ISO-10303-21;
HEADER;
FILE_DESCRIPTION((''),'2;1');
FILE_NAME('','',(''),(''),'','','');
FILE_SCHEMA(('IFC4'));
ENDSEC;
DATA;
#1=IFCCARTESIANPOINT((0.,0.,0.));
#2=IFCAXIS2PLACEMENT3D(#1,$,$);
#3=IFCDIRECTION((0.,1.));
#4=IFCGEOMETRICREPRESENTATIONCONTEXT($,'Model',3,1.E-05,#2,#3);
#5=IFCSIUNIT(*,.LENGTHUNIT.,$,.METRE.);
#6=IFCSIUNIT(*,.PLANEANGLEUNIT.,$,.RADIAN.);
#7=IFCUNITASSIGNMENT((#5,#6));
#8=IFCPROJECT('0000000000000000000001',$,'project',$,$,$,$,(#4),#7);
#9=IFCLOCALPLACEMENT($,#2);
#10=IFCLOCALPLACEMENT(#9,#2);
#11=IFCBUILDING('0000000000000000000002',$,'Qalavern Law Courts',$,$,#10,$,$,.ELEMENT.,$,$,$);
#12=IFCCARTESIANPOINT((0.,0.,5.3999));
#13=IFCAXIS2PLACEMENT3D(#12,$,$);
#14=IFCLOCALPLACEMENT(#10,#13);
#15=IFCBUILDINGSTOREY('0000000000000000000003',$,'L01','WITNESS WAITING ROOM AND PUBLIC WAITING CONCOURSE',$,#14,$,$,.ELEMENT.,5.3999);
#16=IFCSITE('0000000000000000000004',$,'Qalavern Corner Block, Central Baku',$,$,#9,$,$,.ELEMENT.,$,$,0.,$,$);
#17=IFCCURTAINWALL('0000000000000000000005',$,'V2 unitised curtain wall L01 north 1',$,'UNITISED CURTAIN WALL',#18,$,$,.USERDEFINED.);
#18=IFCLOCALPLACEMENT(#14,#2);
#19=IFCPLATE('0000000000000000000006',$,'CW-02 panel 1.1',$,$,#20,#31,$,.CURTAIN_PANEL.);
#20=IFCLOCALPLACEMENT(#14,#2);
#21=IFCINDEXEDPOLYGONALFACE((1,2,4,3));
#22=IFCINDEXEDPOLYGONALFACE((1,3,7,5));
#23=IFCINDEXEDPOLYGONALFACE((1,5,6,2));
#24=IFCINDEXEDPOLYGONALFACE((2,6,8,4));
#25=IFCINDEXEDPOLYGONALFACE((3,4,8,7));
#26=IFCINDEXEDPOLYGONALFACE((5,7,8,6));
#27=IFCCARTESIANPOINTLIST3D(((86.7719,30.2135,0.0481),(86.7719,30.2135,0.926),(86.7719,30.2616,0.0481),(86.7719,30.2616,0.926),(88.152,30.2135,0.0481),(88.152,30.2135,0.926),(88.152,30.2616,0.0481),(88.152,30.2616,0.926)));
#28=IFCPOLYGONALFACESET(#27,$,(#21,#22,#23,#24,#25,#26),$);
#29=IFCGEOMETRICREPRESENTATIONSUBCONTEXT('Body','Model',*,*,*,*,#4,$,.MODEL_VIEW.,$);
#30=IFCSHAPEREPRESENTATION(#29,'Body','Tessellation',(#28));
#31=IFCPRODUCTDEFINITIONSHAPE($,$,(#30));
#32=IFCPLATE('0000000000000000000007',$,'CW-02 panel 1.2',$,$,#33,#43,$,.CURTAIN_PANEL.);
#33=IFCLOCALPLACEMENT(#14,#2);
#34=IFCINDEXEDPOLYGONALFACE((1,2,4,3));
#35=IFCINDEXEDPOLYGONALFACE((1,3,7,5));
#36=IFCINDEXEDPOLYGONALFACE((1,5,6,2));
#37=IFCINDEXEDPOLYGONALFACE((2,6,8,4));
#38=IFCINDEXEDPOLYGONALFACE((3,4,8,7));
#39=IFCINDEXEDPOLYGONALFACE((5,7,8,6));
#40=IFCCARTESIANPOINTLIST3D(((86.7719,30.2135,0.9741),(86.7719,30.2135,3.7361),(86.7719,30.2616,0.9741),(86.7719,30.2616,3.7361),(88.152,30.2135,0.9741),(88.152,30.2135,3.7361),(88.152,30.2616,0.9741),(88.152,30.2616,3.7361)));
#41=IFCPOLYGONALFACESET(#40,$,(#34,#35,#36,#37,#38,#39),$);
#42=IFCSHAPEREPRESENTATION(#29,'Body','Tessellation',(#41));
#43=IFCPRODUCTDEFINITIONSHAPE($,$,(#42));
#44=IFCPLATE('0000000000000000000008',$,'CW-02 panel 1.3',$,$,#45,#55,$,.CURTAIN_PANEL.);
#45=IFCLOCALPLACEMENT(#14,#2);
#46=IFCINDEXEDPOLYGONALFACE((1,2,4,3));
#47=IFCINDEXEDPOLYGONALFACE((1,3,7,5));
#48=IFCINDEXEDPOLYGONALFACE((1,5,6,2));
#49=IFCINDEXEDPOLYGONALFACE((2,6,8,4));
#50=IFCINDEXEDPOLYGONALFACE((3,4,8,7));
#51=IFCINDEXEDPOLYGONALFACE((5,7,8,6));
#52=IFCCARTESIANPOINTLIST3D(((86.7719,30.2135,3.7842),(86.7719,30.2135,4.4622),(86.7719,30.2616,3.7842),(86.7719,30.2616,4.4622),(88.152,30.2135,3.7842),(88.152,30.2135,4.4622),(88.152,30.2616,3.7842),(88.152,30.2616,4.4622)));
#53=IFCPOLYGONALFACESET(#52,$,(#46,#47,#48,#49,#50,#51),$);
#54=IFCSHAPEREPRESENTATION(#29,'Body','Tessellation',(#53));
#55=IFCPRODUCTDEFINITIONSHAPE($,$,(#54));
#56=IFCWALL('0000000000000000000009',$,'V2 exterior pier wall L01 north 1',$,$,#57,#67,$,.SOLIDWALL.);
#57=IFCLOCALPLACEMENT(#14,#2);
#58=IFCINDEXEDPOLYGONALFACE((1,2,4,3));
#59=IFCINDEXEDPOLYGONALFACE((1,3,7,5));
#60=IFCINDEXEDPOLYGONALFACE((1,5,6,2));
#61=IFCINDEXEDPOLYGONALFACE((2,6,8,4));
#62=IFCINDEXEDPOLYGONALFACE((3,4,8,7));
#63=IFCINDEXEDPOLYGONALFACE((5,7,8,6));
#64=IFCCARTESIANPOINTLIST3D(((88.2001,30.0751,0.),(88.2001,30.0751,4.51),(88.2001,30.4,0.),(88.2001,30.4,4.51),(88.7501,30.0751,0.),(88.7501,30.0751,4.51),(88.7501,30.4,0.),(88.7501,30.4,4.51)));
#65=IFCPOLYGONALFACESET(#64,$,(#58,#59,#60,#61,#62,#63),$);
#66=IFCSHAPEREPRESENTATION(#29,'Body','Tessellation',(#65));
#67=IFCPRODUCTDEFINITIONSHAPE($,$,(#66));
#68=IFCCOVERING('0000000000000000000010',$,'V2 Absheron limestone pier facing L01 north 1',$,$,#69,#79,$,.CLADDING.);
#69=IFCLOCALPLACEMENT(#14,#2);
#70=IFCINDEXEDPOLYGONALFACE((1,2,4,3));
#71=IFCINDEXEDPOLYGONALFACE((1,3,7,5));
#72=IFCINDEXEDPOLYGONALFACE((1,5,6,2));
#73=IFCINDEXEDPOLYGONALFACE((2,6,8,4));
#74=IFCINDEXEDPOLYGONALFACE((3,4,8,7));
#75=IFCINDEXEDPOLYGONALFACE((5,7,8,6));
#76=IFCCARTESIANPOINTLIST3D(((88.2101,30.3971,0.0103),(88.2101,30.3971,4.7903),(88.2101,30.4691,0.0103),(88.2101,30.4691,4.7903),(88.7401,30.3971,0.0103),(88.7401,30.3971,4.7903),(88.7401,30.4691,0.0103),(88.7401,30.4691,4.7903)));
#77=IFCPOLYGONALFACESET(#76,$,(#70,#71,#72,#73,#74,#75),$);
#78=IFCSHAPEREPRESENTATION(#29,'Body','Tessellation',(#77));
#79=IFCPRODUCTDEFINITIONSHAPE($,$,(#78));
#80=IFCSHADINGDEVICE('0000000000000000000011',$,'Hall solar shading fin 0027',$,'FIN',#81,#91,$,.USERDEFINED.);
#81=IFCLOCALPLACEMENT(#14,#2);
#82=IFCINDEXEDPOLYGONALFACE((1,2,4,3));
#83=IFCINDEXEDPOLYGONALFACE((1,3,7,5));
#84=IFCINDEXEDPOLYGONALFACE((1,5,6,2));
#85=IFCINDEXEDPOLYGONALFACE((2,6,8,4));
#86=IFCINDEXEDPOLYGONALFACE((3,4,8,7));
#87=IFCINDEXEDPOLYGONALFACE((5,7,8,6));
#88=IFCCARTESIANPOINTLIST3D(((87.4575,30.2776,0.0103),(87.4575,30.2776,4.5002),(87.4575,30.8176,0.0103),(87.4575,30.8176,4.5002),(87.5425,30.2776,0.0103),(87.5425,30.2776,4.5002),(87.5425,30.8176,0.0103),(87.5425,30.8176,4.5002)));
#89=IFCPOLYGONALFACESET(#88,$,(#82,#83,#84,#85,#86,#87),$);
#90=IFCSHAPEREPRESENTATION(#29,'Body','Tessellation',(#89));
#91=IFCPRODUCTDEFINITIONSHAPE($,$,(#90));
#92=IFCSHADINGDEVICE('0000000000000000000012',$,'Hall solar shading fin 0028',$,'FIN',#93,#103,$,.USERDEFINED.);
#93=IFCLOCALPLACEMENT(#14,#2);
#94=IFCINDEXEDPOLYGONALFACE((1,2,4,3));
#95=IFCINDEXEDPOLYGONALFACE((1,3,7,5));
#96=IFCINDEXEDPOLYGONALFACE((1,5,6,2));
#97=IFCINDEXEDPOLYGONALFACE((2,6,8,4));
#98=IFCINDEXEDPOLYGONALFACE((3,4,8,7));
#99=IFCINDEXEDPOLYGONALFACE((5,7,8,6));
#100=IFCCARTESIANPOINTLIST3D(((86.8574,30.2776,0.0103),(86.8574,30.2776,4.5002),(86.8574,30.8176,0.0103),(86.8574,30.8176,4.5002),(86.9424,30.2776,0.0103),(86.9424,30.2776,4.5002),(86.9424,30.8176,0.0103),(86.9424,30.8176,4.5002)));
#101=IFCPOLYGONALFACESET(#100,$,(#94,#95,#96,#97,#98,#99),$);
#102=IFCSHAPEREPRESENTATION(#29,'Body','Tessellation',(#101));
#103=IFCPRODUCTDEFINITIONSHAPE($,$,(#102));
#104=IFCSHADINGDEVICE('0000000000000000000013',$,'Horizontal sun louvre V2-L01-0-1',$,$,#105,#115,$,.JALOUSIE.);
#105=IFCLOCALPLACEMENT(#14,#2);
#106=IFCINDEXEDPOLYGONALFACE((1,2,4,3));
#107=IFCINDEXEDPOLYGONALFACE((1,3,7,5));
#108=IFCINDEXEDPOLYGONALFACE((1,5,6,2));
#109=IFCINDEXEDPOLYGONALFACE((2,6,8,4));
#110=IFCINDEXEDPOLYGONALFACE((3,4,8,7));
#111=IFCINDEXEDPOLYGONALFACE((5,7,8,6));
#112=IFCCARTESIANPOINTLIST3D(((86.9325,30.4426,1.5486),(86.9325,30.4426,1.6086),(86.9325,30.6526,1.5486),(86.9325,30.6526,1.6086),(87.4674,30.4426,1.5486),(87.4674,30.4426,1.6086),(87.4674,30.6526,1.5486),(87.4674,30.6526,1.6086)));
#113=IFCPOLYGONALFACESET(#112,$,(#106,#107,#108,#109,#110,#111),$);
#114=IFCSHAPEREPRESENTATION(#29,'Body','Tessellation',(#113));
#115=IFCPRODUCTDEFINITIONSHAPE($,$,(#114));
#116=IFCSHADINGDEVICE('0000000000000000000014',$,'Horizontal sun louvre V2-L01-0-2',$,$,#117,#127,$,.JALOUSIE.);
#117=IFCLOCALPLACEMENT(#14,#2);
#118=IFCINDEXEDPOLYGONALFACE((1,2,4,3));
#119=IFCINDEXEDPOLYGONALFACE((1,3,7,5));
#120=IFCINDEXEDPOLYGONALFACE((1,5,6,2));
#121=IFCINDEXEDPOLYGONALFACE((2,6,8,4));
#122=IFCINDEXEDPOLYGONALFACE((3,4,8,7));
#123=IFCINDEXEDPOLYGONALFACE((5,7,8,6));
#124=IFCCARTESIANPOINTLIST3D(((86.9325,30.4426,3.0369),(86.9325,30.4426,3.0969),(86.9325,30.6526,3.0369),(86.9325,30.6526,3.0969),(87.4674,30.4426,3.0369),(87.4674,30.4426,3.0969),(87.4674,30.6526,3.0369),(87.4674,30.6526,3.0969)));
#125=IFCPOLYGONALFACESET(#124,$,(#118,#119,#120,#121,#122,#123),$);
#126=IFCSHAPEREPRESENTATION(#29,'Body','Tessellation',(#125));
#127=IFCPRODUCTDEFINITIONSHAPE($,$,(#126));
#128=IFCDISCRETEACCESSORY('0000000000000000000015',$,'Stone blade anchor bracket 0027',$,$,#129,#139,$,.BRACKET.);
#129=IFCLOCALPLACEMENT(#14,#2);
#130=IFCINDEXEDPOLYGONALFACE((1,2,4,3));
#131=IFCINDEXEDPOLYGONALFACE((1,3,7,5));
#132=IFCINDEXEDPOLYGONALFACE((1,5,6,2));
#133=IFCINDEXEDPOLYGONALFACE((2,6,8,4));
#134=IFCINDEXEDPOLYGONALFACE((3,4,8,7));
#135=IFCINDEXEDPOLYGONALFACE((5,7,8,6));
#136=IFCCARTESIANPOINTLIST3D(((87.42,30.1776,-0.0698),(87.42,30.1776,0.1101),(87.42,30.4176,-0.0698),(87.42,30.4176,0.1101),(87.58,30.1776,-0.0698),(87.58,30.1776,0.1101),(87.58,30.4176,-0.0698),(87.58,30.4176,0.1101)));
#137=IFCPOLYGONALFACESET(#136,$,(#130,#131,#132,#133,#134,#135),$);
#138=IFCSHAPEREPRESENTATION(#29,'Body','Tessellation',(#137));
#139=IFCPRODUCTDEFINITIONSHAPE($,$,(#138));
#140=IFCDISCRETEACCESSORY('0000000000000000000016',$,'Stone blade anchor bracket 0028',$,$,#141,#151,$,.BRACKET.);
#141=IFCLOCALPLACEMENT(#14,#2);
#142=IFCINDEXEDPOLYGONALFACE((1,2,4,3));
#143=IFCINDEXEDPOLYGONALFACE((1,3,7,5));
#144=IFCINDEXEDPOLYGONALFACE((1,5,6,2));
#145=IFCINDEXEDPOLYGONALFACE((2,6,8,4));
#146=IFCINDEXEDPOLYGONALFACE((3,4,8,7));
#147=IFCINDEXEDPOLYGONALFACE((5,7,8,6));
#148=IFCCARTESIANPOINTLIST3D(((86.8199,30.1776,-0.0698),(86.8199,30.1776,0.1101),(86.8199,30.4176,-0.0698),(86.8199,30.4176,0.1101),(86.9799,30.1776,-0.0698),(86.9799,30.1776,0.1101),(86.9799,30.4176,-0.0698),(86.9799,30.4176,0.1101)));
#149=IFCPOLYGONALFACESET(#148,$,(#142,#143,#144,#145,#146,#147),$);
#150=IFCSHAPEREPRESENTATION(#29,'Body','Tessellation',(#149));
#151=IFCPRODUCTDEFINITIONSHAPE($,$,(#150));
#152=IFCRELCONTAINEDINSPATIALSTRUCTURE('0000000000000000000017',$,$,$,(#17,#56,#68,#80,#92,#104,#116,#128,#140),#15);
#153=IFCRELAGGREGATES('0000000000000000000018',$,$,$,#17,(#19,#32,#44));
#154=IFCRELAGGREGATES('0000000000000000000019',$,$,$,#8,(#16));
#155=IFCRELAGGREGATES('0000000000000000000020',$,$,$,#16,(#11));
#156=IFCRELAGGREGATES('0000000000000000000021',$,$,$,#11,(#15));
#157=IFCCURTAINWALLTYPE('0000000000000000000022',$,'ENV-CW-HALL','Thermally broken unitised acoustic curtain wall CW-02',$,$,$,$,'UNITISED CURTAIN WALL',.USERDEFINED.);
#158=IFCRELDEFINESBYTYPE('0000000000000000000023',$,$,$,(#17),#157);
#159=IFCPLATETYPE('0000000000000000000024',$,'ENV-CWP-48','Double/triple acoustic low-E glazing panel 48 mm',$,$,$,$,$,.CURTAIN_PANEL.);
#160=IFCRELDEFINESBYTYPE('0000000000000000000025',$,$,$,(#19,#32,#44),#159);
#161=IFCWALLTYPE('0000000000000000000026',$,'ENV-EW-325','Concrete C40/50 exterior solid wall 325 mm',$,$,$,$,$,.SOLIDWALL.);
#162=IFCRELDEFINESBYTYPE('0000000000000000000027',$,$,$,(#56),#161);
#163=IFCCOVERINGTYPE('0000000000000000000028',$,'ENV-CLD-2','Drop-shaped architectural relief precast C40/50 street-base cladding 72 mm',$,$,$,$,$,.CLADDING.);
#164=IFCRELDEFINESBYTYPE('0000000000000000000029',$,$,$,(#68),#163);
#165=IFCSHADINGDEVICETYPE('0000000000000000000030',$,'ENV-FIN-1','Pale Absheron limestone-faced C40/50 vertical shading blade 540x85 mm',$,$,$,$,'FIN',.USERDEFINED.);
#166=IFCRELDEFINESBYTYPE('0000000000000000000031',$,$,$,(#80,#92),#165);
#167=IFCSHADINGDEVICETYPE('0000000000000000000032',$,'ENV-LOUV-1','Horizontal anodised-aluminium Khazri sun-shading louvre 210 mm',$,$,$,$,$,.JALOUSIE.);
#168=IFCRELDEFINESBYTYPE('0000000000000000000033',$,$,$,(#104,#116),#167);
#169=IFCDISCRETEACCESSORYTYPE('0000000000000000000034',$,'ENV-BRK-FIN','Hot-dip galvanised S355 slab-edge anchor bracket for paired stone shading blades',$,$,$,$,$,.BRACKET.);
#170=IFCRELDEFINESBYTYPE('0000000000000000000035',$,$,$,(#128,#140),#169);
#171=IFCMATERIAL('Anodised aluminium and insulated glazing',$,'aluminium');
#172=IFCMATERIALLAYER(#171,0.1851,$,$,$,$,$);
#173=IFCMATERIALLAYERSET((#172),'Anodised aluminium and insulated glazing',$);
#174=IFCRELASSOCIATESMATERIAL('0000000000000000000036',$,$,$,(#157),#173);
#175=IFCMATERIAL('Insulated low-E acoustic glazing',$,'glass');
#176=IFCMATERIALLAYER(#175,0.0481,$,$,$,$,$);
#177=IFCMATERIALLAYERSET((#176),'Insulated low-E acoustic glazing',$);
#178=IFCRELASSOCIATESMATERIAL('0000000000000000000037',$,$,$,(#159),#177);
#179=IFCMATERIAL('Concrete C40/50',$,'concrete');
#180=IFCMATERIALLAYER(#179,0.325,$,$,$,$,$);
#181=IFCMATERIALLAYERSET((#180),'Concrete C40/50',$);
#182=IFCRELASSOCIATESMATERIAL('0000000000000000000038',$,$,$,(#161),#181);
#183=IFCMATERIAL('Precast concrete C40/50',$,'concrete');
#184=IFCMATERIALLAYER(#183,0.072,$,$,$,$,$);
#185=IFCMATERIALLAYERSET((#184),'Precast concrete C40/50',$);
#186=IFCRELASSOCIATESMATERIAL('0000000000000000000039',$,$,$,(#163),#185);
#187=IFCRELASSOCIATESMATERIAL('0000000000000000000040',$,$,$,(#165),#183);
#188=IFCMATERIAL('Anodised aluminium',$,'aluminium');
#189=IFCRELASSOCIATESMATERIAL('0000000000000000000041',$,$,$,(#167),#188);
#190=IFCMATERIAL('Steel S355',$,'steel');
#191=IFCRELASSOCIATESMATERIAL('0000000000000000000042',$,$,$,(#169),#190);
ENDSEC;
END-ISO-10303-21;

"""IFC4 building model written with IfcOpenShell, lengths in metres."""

from ifc_helpers import new_model, si_unit, direction, frame, frame_2d, origin, origin_2d, place, context, subcontext, project, spatial, rectangle, extrude, material, layer, layer_set, type_object, element, aggregate, save


model = new_model("IFC4")

# Units and contexts
model_context = context("Model", 3, precision=1e-05, world=origin(), true_north=direction((0.0, 1.0)))
body_context = subcontext(model_context, "Body", "Model", "MODEL_VIEW")
ifc_project = project(units=[si_unit("LENGTHUNIT", "METRE"), si_unit("PLANEANGLEUNIT", "RADIAN")], contexts=[model_context])

# Site, building, storey
site_placement = place(None, origin())
site = spatial("IfcSite", under=ifc_project, at=site_placement, Name="Qalavern Corner Block, Central Baku", CompositionType="ELEMENT", RefElevation=0.0)
building_placement = place(site_placement, origin())
building = spatial("IfcBuilding", under=site, at=building_placement, Name="Qalavern Law Courts", CompositionType="ELEMENT")
storey_placement = place(building_placement, frame((0.0, 0.0, 5.3999)))
storey = spatial("IfcBuildingStorey", under=building, at=storey_placement, Name="L01", Description="WITNESS WAITING ROOM AND PUBLIC WAITING CONCOURSE", CompositionType="ELEMENT", Elevation=5.3999)

# Shared definitions
ifc_material_1 = material(Name="Anodised aluminium and insulated glazing", Category="aluminium")
ifc_material_2 = material(Name="Anodised aluminium", Category="aluminium")

# Curtain wall
ifc_layer_1 = layer(ifc_material_1, 0.1851)
ifc_layer_set_1 = layer_set([ifc_layer_1], Name="Anodised aluminium and insulated glazing")
curtain_wall_type_1 = type_object("IfcCurtainWallType", Name="ENV-CW-HALL", Description="Thermally broken unitised acoustic curtain wall CW-02", ElementType="UNITISED CURTAIN WALL", PredefinedType="USERDEFINED", material=ifc_layer_set_1)
curtain_wall_1_placement = place(storey_placement, origin())
curtain_wall_1 = element("IfcCurtainWall", 1, at=curtain_wall_1_placement, inside=storey, type_object=curtain_wall_type_1, Name="V2 unitised curtain wall L01 north 1", ObjectType="UNITISED CURTAIN WALL", PredefinedType="USERDEFINED")

# Plates
ifc_material_3 = material(Name="Insulated low-E acoustic glazing", Category="glass")
ifc_layer_2 = layer(ifc_material_3, 0.0481)
ifc_layer_set_2 = layer_set([ifc_layer_2], Name="Insulated low-E acoustic glazing")
plate_type_1 = type_object("IfcPlateType", Name="ENV-CWP-48", Description="Double/triple acoustic low-E glazing panel 48 mm", PredefinedType="CURTAIN_PANEL", material=ifc_layer_set_2)
plate_1_placement = place(storey_placement, frame((87.4619, 30.2375, 0.0481), z_axis=(0.0, 0.0, 1.0), x_axis=(-1.0, 0.0, 0.0)))
plate_1 = element("IfcPlate", 2, at=plate_1_placement, type_object=plate_type_1, Name="CW-02 panel 1.1", PredefinedType="CURTAIN_PANEL", context=body_context, shape_type="SweptSolid", body=[
    extrude(rectangle(XDim=1.3801, YDim=0.0481, at=origin_2d()), origin(), (0.0, 0.0, 1.0), 0.8779),
])
plate_2_placement = place(storey_placement, frame((87.4619, 30.2375, 0.9741), z_axis=(0.0, 0.0, 1.0), x_axis=(-1.0, 0.0, 0.0)))
plate_2 = element("IfcPlate", 3, at=plate_2_placement, type_object=plate_type_1, Name="CW-02 panel 1.2", PredefinedType="CURTAIN_PANEL", context=body_context, shape_type="SweptSolid", body=[
    extrude(rectangle(XDim=1.3801, YDim=0.0481, at=origin_2d()), origin(), (0.0, 0.0, 1.0), 2.762),
])
plate_3_placement = place(storey_placement, frame((87.4619, 30.2375, 3.7842), z_axis=(0.0, 0.0, 1.0), x_axis=(-1.0, 0.0, 0.0)))
plate_3 = element("IfcPlate", 4, at=plate_3_placement, type_object=plate_type_1, Name="CW-02 panel 1.3", PredefinedType="CURTAIN_PANEL", context=body_context, shape_type="SweptSolid", body=[
    extrude(rectangle(XDim=1.3801, YDim=0.0481, at=origin_2d()), origin(), (0.0, 0.0, 1.0), 0.678),
])
aggregate(curtain_wall_1, [plate_1, plate_2, plate_3])

# Wall
ifc_material_4 = material(Name="Concrete C40/50", Category="concrete")
ifc_layer_3 = layer(ifc_material_4, 0.325)
ifc_layer_set_3 = layer_set([ifc_layer_3], Name="Concrete C40/50")
wall_type = type_object("IfcWallType", Name="ENV-EW-325", Description="Concrete C40/50 exterior solid wall 325 mm", PredefinedType="SOLIDWALL", material=ifc_layer_set_3)
wall_placement = place(storey_placement, frame((88.75, 30.2375, 0.0), z_axis=(0.0, 0.0, 1.0), x_axis=(-1.0, 0.0, 0.0)))
element("IfcWall", 5, at=wall_placement, inside=storey, type_object=wall_type, Name="V2 exterior pier wall L01 north 1", PredefinedType="SOLIDWALL", context=body_context, shape_type="SweptSolid", body=[
    extrude(rectangle(XDim=0.55, YDim=0.325, at=frame_2d((0.2749, 0.0))), origin(), (0.0, 0.0, 1.0), 4.51),
])

# Covering
ifc_material_5 = material(Name="Precast concrete C40/50", Category="concrete")
ifc_layer_4 = layer(ifc_material_5, 0.072)
ifc_layer_set_4 = layer_set([ifc_layer_4], Name="Precast concrete C40/50")
covering_type = type_object("IfcCoveringType", Name="ENV-CLD-2", Description="Drop-shaped architectural relief precast C40/50 street-base cladding 72 mm", PredefinedType="CLADDING", material=ifc_layer_set_4)
covering_placement = place(storey_placement, frame((88.4751, 30.4331, 0.0103), z_axis=(0.0, 0.0, 1.0), x_axis=(-1.0, 0.0, 0.0)))
element("IfcCovering", 6, at=covering_placement, inside=storey, type_object=covering_type, Name="V2 Absheron limestone pier facing L01 north 1", PredefinedType="CLADDING", context=body_context, shape_type="SweptSolid", body=[
    extrude(rectangle(XDim=0.53, YDim=0.072, at=origin_2d()), origin(), (0.0, 0.0, 1.0), 4.78),
])

# Shading devices
shading_device_type_1 = type_object("IfcShadingDeviceType", Name="ENV-FIN-1", Description="Pale Absheron limestone-faced C40/50 vertical shading blade 540x85 mm", ElementType="FIN", PredefinedType="USERDEFINED", material=ifc_material_5)
for number, where, z_axis, x_axis, name in (
    (7, (87.5, 30.5476, 0.0103), (0.0, 0.0, 1.0), (0.0, 1.0, 0.0), "Hall solar shading fin 0027"),
    (8, (86.8999, 30.5476, 0.0103), (0.0, 0.0, 1.0), (0.0, 1.0, 0.0), "Hall solar shading fin 0028"),
):
    element("IfcShadingDevice", number, at=place(storey_placement, frame(where, z_axis=z_axis, x_axis=x_axis)), inside=storey, type_object=shading_device_type_1, Name=name, ObjectType="FIN", PredefinedType="USERDEFINED", context=body_context, shape_type="SweptSolid", body=[
        extrude(rectangle(XDim=0.54, YDim=0.085, at=origin_2d()), origin(), (0.0, 0.0, 1.0), 4.49),
    ])
shading_device_type_2 = type_object("IfcShadingDeviceType", Name="ENV-LOUV-1", Description="Horizontal anodised-aluminium Khazri sun-shading louvre 210 mm", PredefinedType="JALOUSIE", material=ifc_material_2)
for number, where, z_axis, x_axis, name in (
    (9, (87.2, 30.5476, 1.5486), (0.0, 0.0, 1.0), (-1.0, 0.0, 0.0), "Horizontal sun louvre V2-L01-0-1"),
    (10, (87.2, 30.5476, 3.0369), (0.0, 0.0, 1.0), (-1.0, 0.0, 0.0), "Horizontal sun louvre V2-L01-0-2"),
):
    element("IfcShadingDevice", number, at=place(storey_placement, frame(where, z_axis=z_axis, x_axis=x_axis)), inside=storey, type_object=shading_device_type_2, Name=name, PredefinedType="JALOUSIE", context=body_context, shape_type="SweptSolid", body=[
        extrude(rectangle(XDim=0.5349, YDim=0.21, at=origin_2d()), origin(), (0.0, 0.0, 1.0), 0.0601),
    ])

# Discrete accessories
ifc_material_6 = material(Name="Steel S355", Category="steel")
discrete_accessory_type = type_object("IfcDiscreteAccessoryType", Name="ENV-BRK-FIN", Description="Hot-dip galvanised S355 slab-edge anchor bracket for paired stone shading blades", PredefinedType="BRACKET", material=ifc_material_6)
for number, where, z_axis, x_axis, name in (
    (11, (87.5, 30.2976, -0.0698), (0.0, 0.0, 1.0), (0.0, 1.0, 0.0), "Stone blade anchor bracket 0027"),
    (12, (86.8999, 30.2976, -0.0698), (0.0, 0.0, 1.0), (0.0, 1.0, 0.0), "Stone blade anchor bracket 0028"),
):
    element("IfcDiscreteAccessory", number, at=place(storey_placement, frame(where, z_axis=z_axis, x_axis=x_axis)), inside=storey, type_object=discrete_accessory_type, Name=name, PredefinedType="BRACKET", context=body_context, shape_type="SweptSolid", body=[
        extrude(rectangle(XDim=0.24, YDim=0.1599, at=origin_2d()), origin(), (0.0, 0.0, 1.0), 0.1799),
    ])

save(model, "model.ifc")
